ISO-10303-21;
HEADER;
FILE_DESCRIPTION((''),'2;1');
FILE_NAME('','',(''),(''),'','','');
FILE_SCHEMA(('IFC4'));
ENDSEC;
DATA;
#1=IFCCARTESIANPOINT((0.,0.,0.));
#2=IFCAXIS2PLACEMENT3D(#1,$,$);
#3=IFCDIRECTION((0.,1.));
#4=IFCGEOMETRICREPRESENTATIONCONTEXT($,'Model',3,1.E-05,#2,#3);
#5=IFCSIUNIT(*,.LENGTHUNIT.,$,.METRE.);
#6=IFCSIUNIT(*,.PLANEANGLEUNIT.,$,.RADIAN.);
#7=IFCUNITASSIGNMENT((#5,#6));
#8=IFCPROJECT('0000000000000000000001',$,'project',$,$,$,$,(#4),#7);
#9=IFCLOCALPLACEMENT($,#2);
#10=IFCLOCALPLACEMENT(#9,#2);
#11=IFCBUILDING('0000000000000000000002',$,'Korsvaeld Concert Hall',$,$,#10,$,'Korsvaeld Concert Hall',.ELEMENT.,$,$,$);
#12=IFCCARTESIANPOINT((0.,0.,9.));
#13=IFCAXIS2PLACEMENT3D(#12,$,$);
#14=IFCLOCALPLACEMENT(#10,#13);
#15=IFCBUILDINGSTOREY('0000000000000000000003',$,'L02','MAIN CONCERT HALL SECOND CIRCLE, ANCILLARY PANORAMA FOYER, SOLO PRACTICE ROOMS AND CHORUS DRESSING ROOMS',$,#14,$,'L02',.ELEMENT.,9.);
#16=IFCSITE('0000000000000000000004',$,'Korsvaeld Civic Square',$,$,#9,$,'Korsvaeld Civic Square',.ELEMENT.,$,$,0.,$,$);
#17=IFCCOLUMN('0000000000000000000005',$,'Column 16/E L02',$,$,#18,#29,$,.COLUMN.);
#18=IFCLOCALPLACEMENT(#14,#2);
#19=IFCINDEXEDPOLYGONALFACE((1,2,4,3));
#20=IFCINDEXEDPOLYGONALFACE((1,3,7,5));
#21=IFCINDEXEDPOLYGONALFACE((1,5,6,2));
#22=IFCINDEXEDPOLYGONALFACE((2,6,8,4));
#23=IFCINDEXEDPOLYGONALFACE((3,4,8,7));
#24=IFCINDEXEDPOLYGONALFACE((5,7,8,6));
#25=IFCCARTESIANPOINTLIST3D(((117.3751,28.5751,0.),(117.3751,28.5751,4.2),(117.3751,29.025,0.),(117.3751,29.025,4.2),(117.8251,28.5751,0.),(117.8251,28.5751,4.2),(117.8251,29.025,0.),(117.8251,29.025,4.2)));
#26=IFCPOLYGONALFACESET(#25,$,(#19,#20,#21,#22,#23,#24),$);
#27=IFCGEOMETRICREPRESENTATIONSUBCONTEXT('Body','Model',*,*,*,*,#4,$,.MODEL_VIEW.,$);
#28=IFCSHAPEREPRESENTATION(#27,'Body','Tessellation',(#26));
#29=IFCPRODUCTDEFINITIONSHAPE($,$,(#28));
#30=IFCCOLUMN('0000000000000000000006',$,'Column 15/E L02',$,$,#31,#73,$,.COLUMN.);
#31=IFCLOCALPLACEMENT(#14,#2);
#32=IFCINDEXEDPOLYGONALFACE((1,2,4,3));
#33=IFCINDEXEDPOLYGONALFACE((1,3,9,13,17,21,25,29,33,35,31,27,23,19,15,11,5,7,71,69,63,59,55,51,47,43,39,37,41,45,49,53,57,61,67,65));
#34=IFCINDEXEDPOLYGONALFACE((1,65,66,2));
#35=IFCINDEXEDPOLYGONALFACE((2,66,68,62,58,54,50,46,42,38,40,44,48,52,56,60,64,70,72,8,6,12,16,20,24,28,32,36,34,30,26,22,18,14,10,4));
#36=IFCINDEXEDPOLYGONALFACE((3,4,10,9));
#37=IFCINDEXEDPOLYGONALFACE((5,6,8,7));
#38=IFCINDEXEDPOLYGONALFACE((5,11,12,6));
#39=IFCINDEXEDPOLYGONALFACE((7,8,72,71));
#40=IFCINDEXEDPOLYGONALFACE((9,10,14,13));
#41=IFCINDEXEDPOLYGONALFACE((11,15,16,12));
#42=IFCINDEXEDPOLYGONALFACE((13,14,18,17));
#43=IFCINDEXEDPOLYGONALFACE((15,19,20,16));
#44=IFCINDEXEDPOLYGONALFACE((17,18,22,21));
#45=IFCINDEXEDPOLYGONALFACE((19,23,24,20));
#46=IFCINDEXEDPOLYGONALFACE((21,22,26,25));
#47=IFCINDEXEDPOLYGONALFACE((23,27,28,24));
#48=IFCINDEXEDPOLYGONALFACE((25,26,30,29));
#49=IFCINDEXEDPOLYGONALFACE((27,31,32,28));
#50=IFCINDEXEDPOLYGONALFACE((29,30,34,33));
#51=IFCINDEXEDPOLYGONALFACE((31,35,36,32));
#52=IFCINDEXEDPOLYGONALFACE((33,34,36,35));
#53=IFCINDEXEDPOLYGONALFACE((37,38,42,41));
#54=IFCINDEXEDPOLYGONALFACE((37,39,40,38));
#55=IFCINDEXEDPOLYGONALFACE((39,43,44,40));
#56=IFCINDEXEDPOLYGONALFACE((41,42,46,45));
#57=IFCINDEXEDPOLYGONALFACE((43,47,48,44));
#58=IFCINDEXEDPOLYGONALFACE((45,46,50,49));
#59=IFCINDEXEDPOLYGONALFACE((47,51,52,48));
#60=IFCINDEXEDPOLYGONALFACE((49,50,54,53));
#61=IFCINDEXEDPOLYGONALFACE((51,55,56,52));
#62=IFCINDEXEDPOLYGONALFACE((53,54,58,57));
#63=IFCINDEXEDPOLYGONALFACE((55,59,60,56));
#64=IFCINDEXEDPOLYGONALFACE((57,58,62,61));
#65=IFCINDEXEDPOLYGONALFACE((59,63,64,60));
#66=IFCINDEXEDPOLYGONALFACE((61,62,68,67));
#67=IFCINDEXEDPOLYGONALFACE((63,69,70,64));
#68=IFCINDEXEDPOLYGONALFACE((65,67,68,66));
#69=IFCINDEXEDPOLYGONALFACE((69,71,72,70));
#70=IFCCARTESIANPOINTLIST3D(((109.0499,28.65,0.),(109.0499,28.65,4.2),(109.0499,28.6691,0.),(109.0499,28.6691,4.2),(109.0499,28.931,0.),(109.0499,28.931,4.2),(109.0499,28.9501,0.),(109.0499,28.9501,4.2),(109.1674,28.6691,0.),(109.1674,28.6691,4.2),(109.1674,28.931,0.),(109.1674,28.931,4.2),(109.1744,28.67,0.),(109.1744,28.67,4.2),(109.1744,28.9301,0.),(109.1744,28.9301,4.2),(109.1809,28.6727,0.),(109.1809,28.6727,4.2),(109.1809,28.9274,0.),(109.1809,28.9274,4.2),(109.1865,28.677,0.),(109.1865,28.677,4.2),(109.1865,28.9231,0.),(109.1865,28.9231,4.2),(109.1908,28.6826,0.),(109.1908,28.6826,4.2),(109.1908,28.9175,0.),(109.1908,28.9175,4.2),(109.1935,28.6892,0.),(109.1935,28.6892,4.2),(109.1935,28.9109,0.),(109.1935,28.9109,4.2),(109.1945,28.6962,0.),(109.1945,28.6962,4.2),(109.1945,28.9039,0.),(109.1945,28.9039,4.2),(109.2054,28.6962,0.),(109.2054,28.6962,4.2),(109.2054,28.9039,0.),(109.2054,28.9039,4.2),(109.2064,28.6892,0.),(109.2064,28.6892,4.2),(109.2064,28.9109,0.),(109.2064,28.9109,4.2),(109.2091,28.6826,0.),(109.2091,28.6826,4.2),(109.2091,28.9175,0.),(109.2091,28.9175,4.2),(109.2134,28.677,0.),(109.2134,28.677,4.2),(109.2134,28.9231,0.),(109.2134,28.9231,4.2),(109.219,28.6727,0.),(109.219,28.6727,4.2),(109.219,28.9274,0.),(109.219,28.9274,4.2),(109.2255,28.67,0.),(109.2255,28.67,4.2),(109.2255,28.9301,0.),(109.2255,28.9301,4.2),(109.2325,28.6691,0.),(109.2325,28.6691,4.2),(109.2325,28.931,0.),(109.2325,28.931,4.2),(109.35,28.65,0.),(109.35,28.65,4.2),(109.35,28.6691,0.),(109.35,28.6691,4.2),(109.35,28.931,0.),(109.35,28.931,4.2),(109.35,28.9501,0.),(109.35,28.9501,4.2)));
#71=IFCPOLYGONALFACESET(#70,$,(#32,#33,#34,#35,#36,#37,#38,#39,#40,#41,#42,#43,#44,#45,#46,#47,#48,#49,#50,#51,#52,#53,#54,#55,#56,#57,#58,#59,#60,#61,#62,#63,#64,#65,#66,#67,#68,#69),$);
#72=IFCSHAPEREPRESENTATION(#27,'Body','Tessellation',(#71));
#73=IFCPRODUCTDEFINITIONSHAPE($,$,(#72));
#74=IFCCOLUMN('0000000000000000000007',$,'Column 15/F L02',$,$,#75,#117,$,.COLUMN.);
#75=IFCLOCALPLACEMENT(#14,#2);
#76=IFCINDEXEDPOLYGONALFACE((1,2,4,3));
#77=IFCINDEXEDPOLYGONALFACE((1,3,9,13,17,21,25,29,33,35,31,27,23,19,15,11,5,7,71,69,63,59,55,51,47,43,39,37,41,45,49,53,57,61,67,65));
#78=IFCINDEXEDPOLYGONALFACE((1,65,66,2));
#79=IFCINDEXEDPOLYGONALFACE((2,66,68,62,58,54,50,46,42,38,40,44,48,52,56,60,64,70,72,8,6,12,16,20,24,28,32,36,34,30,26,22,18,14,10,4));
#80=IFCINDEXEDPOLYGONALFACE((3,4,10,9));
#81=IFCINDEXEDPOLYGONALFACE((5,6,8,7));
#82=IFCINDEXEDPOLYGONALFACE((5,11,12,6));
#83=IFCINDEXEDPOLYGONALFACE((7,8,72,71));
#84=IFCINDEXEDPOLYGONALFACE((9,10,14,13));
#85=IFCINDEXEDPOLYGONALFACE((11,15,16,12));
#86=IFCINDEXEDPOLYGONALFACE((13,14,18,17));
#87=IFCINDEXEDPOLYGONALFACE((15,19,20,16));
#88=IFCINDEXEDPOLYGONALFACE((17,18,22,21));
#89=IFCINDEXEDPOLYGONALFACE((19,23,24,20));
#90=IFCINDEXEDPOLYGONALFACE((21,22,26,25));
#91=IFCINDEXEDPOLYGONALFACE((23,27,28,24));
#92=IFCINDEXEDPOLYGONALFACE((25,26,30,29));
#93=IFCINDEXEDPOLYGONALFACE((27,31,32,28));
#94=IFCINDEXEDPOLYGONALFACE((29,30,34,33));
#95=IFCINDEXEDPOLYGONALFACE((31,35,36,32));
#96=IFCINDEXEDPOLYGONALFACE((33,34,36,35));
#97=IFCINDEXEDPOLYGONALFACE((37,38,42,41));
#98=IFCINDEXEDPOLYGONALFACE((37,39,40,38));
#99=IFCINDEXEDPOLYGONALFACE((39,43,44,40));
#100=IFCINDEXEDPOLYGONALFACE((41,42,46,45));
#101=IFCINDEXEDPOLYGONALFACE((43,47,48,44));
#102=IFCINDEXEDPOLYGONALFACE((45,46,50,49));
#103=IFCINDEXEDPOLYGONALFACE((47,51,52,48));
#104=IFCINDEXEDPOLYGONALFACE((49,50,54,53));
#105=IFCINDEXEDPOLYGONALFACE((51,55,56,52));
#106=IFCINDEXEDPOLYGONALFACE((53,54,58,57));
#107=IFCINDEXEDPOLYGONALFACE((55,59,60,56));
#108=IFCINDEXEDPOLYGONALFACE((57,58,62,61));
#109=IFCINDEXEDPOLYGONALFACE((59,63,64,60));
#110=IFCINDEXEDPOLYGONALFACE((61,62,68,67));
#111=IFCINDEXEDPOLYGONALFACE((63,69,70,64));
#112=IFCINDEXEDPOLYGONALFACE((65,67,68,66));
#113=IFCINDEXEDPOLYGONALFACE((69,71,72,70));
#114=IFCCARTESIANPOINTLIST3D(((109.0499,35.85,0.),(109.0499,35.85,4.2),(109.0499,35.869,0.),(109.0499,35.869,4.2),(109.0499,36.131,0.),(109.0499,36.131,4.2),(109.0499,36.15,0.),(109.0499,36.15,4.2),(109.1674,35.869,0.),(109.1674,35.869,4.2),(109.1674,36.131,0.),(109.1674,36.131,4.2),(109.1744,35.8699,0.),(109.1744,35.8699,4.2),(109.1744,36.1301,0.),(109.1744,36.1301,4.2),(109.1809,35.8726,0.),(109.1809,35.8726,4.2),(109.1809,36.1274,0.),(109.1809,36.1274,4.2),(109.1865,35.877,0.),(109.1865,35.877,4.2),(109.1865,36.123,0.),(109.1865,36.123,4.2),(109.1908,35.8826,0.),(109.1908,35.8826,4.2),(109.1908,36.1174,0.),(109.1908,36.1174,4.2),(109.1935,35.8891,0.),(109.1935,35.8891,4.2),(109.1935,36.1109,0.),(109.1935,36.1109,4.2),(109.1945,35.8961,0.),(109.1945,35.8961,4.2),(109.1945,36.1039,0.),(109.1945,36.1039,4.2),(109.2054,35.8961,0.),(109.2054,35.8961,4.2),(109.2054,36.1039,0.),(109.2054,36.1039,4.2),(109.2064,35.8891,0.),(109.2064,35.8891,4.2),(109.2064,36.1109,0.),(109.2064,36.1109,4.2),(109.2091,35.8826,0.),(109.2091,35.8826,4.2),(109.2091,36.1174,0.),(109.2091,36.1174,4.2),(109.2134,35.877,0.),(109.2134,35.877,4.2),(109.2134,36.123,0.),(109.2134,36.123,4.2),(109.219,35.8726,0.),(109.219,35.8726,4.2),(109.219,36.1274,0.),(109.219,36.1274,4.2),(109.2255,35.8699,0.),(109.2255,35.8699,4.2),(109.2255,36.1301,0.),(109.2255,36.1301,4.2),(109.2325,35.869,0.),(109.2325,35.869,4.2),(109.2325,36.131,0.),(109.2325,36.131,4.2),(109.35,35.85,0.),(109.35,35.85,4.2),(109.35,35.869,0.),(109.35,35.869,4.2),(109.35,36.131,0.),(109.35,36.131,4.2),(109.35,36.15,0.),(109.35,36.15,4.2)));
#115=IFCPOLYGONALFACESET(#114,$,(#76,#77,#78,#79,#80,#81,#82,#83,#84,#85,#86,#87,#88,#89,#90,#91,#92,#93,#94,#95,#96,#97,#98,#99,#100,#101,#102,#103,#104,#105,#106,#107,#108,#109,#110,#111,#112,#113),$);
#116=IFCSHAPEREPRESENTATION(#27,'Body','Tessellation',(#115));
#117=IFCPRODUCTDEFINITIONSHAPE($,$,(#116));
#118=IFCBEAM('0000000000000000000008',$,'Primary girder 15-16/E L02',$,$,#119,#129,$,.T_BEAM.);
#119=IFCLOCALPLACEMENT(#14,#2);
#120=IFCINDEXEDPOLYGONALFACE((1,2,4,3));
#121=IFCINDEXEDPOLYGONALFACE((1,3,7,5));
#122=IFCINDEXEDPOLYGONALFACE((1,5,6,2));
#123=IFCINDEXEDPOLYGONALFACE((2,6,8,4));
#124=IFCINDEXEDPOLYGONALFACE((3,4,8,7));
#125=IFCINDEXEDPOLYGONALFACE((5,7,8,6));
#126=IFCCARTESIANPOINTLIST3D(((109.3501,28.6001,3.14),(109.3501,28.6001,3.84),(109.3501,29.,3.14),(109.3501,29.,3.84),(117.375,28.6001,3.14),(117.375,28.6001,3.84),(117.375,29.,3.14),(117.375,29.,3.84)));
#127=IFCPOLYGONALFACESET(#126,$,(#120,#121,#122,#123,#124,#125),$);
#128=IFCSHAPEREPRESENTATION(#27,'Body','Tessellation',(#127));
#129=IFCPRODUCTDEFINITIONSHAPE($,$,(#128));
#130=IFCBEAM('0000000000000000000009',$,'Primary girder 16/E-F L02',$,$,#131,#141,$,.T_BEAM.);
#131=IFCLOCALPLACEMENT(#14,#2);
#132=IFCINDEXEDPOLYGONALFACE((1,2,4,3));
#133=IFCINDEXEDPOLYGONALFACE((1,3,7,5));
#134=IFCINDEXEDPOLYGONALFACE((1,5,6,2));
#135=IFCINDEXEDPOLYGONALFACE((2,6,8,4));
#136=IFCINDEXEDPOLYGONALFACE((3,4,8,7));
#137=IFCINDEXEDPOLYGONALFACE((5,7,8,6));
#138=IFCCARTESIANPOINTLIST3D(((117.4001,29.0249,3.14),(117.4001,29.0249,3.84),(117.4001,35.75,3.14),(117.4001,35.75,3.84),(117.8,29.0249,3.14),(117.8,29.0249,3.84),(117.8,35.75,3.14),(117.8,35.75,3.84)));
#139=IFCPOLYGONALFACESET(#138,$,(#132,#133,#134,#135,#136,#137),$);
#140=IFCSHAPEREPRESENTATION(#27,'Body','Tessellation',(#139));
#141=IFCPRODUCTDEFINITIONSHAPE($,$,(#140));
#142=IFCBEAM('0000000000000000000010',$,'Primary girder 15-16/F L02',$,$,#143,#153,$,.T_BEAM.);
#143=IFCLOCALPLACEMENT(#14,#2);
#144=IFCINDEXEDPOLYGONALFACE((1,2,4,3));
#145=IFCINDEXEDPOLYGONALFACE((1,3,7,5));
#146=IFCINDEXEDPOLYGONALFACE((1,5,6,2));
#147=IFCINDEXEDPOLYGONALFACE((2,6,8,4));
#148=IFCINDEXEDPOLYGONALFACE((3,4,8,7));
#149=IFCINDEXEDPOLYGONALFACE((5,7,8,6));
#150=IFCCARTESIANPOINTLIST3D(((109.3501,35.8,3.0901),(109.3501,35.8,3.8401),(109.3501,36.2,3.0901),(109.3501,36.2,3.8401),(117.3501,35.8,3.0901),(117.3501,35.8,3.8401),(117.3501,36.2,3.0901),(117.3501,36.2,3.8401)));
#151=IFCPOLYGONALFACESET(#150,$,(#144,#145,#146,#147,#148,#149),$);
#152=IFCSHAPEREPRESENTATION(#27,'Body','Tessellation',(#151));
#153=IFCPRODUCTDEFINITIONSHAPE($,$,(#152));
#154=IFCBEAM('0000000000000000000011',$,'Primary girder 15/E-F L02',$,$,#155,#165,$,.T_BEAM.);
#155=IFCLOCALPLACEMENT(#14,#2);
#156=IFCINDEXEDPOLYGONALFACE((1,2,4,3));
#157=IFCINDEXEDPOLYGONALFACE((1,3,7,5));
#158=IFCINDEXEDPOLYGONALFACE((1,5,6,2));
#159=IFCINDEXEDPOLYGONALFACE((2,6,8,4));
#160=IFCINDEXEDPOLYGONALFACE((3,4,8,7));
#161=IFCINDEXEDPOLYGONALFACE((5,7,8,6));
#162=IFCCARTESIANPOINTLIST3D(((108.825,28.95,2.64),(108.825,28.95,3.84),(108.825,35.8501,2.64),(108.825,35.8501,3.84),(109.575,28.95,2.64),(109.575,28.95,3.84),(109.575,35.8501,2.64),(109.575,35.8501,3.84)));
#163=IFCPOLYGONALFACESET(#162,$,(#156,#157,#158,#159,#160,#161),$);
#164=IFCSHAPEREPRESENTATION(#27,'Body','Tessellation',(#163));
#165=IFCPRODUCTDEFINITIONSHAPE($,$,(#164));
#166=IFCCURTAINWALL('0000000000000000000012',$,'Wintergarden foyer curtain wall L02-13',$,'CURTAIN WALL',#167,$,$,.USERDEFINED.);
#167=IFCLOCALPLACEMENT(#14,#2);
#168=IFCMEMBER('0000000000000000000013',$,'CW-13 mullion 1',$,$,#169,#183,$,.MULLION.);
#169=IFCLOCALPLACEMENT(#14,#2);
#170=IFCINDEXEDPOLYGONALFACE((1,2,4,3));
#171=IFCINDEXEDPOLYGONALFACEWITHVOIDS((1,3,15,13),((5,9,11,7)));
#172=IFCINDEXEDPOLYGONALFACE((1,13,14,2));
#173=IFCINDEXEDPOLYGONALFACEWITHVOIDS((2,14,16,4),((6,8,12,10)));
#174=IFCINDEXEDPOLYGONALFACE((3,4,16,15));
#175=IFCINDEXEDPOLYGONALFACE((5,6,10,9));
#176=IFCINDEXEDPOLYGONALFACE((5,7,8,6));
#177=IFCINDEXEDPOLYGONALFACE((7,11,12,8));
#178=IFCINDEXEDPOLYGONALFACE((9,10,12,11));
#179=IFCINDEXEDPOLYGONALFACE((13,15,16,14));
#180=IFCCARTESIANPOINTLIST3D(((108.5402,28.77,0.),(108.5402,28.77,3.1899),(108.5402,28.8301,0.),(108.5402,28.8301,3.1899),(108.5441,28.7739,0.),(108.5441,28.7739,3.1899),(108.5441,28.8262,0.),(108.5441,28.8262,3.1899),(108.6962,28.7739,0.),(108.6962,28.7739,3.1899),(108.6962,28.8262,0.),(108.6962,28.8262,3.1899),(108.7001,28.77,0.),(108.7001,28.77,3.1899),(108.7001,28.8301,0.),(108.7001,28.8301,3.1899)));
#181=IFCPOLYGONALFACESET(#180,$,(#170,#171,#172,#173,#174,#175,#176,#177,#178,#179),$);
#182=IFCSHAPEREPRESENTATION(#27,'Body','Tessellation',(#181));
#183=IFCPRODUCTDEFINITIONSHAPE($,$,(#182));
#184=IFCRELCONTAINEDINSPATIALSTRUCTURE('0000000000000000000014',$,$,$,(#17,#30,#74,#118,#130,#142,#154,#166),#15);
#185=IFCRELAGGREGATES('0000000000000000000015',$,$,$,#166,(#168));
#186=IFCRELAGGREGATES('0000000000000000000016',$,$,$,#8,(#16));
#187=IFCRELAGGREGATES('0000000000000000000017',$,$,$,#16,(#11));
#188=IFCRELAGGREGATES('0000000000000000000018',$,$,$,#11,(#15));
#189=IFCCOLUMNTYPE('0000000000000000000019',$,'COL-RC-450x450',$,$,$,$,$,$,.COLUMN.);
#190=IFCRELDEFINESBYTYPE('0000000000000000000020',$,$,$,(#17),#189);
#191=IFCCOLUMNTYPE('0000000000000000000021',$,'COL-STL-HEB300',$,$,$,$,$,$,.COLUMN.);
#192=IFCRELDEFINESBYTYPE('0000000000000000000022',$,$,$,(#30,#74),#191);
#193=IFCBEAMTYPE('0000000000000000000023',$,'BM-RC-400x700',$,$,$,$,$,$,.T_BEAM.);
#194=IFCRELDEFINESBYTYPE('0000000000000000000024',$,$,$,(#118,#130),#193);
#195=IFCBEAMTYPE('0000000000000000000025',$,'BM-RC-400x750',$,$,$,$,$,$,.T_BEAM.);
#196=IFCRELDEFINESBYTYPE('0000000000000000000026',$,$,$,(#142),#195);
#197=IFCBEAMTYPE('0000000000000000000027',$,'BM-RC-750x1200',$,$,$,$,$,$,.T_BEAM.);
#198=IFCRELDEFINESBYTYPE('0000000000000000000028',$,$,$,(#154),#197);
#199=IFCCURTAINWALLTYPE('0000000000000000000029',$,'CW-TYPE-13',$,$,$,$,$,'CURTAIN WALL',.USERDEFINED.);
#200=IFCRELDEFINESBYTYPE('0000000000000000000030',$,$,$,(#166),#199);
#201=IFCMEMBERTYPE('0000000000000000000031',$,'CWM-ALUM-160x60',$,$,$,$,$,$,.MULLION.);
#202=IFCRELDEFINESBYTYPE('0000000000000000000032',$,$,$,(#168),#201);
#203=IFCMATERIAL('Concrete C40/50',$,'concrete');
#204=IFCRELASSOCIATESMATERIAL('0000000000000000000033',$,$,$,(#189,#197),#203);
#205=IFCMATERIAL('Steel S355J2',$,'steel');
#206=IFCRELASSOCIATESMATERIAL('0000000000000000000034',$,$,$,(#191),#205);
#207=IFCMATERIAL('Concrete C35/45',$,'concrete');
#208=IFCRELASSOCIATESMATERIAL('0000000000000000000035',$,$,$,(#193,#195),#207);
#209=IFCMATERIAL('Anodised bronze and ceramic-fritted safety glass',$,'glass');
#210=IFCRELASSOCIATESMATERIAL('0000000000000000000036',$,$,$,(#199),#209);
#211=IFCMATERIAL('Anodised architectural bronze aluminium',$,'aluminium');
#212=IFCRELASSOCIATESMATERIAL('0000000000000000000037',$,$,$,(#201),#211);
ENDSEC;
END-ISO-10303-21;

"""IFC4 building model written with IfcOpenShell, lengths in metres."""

from ifc_helpers import new_model, si_unit, direction, frame, origin, origin_2d, place, context, subcontext, project, spatial, rectangle, hollow_rectangle, i_section, extrude, material, material_profile, profile_set, type_object, element, aggregate, save


model = new_model("IFC4")

# Units and contexts
model_context = context("Model", 3, precision=1e-05, world=origin(), true_north=direction((0.0, 1.0)))
body_context = subcontext(model_context, "Body", "Model", "MODEL_VIEW")
ifc_project = project(units=[si_unit("LENGTHUNIT", "METRE"), si_unit("PLANEANGLEUNIT", "RADIAN")], contexts=[model_context])

# Site, building, storey
site_placement = place(None, origin())
site = spatial("IfcSite", under=ifc_project, at=site_placement, Name="Korsvaeld Civic Square", LongName="Korsvaeld Civic Square", CompositionType="ELEMENT", RefElevation=0.0)
building_placement = place(site_placement, origin())
building = spatial("IfcBuilding", under=site, at=building_placement, Name="Korsvaeld Concert Hall", LongName="Korsvaeld Concert Hall", CompositionType="ELEMENT")
storey_placement = place(building_placement, frame((0.0, 0.0, 9.0)))
storey = spatial("IfcBuildingStorey", under=building, at=storey_placement, Name="L02", Description="MAIN CONCERT HALL SECOND CIRCLE, ANCILLARY PANORAMA FOYER, SOLO PRACTICE ROOMS AND CHORUS DRESSING ROOMS", LongName="L02", CompositionType="ELEMENT", Elevation=9.0)

# Columns
ifc_material_1 = material(Name="Concrete C40/50", Category="concrete")
ifc_material_profile_1 = material_profile(ifc_material_1, rectangle(XDim=0.45, YDim=0.45, at=origin_2d()), Name="RC 450x450")
ifc_profile_set_1 = profile_set([ifc_material_profile_1], Name="Concrete C40/50")
column_type_1 = type_object("IfcColumnType", Name="COL-RC-450x450", PredefinedType="COLUMN", material=ifc_profile_set_1)
column_placement = place(storey_placement, frame((117.6001, 28.8, 0.0), z_axis=(0.0, 0.0, 1.0), x_axis=(1.0, 0.0, 0.0)))
element("IfcColumn", 1, at=column_placement, inside=storey, type_object=column_type_1, Name="Column 16/E L02", PredefinedType="COLUMN", context=body_context, shape_type="SweptSolid", body=[
    extrude(rectangle(XDim=0.45, YDim=0.45, at=origin_2d()), origin(), (0.0, 0.0, 1.0), 4.2),
])
ifc_material_2 = material(Name="Steel S355J2", Category="steel")
ifc_material_profile_2 = material_profile(ifc_material_2, i_section(OverallWidth=0.3, OverallDepth=0.3, WebThickness=0.011, FlangeThickness=0.019, FilletRadius=0.0271, at=origin_2d()), Name="HEB 300")
ifc_profile_set_2 = profile_set([ifc_material_profile_2], Name="Steel S355J2")
column_type_2 = type_object("IfcColumnType", Name="COL-STL-HEB300", PredefinedType="COLUMN", material=ifc_profile_set_2)
for number, where, z_axis, x_axis, name in (
    (2, (109.2, 28.8, 0.0), (0.0, 0.0, 1.0), (1.0, 0.0, 0.0), "Column 15/E L02"),
    (3, (109.2, 36.0, 0.0), (0.0, 0.0, 1.0), (1.0, 0.0, 0.0), "Column 15/F L02"),
):
    element("IfcColumn", number, at=place(storey_placement, frame(where, z_axis=z_axis, x_axis=x_axis)), inside=storey, type_object=column_type_2, Name=name, PredefinedType="COLUMN", context=body_context, shape_type="SweptSolid", body=[
        extrude(i_section(OverallWidth=0.3, OverallDepth=0.3, WebThickness=0.011, FlangeThickness=0.019, FilletRadius=0.0271, at=origin_2d()), origin(), (0.0, 0.0, 1.0), 4.2),
    ])

# Beams
ifc_material_3 = material(Name="Concrete C35/45", Category="concrete")
ifc_material_profile_3 = material_profile(ifc_material_3, rectangle(XDim=0.3999, YDim=0.7, at=origin_2d()), Name="RC 400x700")
ifc_profile_set_3 = profile_set([ifc_material_profile_3], Name="Concrete C35/45")
beam_type_1 = type_object("IfcBeamType", Name="BM-RC-400x700", PredefinedType="T_BEAM", material=ifc_profile_set_3)
beam_1_placement = place(storey_placement, frame((109.3501, 28.8, 3.49), z_axis=(1.0, 0.0, 0.0), x_axis=(0.0, 1.0, 0.0)))
element("IfcBeam", 4, at=beam_1_placement, inside=storey, type_object=beam_type_1, Name="Primary girder 15-16/E L02", PredefinedType="T_BEAM", context=body_context, shape_type="SweptSolid", body=[
    extrude(rectangle(XDim=0.3999, YDim=0.7, at=origin_2d()), origin(), (0.0, 0.0, 1.0), 8.0249),
])
beam_2_placement = place(storey_placement, frame((117.6001, 29.0249, 3.49), z_axis=(0.0, 1.0, 0.0), x_axis=(-1.0, 0.0, 0.0)))
element("IfcBeam", 5, at=beam_2_placement, inside=storey, type_object=beam_type_1, Name="Primary girder 16/E-F L02", PredefinedType="T_BEAM", context=body_context, shape_type="SweptSolid", body=[
    extrude(rectangle(XDim=0.3999, YDim=0.7, at=origin_2d()), origin(), (0.0, 0.0, 1.0), 6.7251),
])
ifc_material_profile_4 = material_profile(ifc_material_3, rectangle(XDim=0.3999, YDim=0.75, at=origin_2d()), Name="RC 400x750")
ifc_profile_set_4 = profile_set([ifc_material_profile_4], Name="Concrete C35/45")
beam_type_2 = type_object("IfcBeamType", Name="BM-RC-400x750", PredefinedType="T_BEAM", material=ifc_profile_set_4)
beam_3_placement = place(storey_placement, frame((109.3501, 36.0, 3.4651), z_axis=(1.0, 0.0, 0.0), x_axis=(0.0, 1.0, 0.0)))
element("IfcBeam", 6, at=beam_3_placement, inside=storey, type_object=beam_type_2, Name="Primary girder 15-16/F L02", PredefinedType="T_BEAM", context=body_context, shape_type="SweptSolid", body=[
    extrude(rectangle(XDim=0.3999, YDim=0.75, at=origin_2d()), origin(), (0.0, 0.0, 1.0), 8.0),
])
ifc_material_profile_5 = material_profile(ifc_material_1, rectangle(XDim=0.75, YDim=1.2, at=origin_2d()), Name="RC 750x1200")
ifc_profile_set_5 = profile_set([ifc_material_profile_5], Name="Concrete C40/50")
beam_type_3 = type_object("IfcBeamType", Name="BM-RC-750x1200", PredefinedType="T_BEAM", material=ifc_profile_set_5)
beam_4_placement = place(storey_placement, frame((109.2, 28.95, 3.24), z_axis=(0.0, 1.0, 0.0), x_axis=(-1.0, 0.0, 0.0)))
element("IfcBeam", 7, at=beam_4_placement, inside=storey, type_object=beam_type_3, Name="Primary girder 15/E-F L02", PredefinedType="T_BEAM", context=body_context, shape_type="SweptSolid", body=[
    extrude(rectangle(XDim=0.75, YDim=1.2, at=origin_2d()), origin(), (0.0, 0.0, 1.0), 6.9001),
])

# Curtain wall, member
ifc_material_4 = material(Name="Anodised bronze and ceramic-fritted safety glass", Category="glass")
curtain_wall_type = type_object("IfcCurtainWallType", Name="CW-TYPE-13", ElementType="CURTAIN WALL", PredefinedType="USERDEFINED", material=ifc_material_4)
curtain_wall_placement = place(storey_placement, origin())
curtain_wall = element("IfcCurtainWall", 8, at=curtain_wall_placement, inside=storey, type_object=curtain_wall_type, Name="Wintergarden foyer curtain wall L02-13", ObjectType="CURTAIN WALL", PredefinedType="USERDEFINED")
ifc_material_5 = material(Name="Anodised architectural bronze aluminium", Category="aluminium")
ifc_material_profile_6 = material_profile(ifc_material_5, hollow_rectangle(XDim=0.0601, YDim=0.1599, WallThickness=0.0039, at=origin_2d()), Name="CWM 160x60x4")
ifc_profile_set_6 = profile_set([ifc_material_profile_6], Name="Anodised architectural bronze aluminium")
member_type_1 = type_object("IfcMemberType", Name="CWM-ALUM-160x60", PredefinedType="MULLION", material=ifc_profile_set_6)
member_1_placement = place(storey_placement, frame((108.6201, 28.8, 0.0), z_axis=(0.0, 0.0, 1.0), x_axis=(0.0, -1.0, 0.0)))
member_1 = element("IfcMember", 9, at=member_1_placement, type_object=member_type_1, Name="CW-13 mullion 1", PredefinedType="MULLION", context=body_context, shape_type="SweptSolid", body=[
    extrude(hollow_rectangle(XDim=0.0601, YDim=0.1599, WallThickness=0.0039, at=origin_2d()), origin(), (0.0, 0.0, 1.0), 3.1899),
])

aggregate(curtain_wall, [member_1])

save(model, "model.ifc")
